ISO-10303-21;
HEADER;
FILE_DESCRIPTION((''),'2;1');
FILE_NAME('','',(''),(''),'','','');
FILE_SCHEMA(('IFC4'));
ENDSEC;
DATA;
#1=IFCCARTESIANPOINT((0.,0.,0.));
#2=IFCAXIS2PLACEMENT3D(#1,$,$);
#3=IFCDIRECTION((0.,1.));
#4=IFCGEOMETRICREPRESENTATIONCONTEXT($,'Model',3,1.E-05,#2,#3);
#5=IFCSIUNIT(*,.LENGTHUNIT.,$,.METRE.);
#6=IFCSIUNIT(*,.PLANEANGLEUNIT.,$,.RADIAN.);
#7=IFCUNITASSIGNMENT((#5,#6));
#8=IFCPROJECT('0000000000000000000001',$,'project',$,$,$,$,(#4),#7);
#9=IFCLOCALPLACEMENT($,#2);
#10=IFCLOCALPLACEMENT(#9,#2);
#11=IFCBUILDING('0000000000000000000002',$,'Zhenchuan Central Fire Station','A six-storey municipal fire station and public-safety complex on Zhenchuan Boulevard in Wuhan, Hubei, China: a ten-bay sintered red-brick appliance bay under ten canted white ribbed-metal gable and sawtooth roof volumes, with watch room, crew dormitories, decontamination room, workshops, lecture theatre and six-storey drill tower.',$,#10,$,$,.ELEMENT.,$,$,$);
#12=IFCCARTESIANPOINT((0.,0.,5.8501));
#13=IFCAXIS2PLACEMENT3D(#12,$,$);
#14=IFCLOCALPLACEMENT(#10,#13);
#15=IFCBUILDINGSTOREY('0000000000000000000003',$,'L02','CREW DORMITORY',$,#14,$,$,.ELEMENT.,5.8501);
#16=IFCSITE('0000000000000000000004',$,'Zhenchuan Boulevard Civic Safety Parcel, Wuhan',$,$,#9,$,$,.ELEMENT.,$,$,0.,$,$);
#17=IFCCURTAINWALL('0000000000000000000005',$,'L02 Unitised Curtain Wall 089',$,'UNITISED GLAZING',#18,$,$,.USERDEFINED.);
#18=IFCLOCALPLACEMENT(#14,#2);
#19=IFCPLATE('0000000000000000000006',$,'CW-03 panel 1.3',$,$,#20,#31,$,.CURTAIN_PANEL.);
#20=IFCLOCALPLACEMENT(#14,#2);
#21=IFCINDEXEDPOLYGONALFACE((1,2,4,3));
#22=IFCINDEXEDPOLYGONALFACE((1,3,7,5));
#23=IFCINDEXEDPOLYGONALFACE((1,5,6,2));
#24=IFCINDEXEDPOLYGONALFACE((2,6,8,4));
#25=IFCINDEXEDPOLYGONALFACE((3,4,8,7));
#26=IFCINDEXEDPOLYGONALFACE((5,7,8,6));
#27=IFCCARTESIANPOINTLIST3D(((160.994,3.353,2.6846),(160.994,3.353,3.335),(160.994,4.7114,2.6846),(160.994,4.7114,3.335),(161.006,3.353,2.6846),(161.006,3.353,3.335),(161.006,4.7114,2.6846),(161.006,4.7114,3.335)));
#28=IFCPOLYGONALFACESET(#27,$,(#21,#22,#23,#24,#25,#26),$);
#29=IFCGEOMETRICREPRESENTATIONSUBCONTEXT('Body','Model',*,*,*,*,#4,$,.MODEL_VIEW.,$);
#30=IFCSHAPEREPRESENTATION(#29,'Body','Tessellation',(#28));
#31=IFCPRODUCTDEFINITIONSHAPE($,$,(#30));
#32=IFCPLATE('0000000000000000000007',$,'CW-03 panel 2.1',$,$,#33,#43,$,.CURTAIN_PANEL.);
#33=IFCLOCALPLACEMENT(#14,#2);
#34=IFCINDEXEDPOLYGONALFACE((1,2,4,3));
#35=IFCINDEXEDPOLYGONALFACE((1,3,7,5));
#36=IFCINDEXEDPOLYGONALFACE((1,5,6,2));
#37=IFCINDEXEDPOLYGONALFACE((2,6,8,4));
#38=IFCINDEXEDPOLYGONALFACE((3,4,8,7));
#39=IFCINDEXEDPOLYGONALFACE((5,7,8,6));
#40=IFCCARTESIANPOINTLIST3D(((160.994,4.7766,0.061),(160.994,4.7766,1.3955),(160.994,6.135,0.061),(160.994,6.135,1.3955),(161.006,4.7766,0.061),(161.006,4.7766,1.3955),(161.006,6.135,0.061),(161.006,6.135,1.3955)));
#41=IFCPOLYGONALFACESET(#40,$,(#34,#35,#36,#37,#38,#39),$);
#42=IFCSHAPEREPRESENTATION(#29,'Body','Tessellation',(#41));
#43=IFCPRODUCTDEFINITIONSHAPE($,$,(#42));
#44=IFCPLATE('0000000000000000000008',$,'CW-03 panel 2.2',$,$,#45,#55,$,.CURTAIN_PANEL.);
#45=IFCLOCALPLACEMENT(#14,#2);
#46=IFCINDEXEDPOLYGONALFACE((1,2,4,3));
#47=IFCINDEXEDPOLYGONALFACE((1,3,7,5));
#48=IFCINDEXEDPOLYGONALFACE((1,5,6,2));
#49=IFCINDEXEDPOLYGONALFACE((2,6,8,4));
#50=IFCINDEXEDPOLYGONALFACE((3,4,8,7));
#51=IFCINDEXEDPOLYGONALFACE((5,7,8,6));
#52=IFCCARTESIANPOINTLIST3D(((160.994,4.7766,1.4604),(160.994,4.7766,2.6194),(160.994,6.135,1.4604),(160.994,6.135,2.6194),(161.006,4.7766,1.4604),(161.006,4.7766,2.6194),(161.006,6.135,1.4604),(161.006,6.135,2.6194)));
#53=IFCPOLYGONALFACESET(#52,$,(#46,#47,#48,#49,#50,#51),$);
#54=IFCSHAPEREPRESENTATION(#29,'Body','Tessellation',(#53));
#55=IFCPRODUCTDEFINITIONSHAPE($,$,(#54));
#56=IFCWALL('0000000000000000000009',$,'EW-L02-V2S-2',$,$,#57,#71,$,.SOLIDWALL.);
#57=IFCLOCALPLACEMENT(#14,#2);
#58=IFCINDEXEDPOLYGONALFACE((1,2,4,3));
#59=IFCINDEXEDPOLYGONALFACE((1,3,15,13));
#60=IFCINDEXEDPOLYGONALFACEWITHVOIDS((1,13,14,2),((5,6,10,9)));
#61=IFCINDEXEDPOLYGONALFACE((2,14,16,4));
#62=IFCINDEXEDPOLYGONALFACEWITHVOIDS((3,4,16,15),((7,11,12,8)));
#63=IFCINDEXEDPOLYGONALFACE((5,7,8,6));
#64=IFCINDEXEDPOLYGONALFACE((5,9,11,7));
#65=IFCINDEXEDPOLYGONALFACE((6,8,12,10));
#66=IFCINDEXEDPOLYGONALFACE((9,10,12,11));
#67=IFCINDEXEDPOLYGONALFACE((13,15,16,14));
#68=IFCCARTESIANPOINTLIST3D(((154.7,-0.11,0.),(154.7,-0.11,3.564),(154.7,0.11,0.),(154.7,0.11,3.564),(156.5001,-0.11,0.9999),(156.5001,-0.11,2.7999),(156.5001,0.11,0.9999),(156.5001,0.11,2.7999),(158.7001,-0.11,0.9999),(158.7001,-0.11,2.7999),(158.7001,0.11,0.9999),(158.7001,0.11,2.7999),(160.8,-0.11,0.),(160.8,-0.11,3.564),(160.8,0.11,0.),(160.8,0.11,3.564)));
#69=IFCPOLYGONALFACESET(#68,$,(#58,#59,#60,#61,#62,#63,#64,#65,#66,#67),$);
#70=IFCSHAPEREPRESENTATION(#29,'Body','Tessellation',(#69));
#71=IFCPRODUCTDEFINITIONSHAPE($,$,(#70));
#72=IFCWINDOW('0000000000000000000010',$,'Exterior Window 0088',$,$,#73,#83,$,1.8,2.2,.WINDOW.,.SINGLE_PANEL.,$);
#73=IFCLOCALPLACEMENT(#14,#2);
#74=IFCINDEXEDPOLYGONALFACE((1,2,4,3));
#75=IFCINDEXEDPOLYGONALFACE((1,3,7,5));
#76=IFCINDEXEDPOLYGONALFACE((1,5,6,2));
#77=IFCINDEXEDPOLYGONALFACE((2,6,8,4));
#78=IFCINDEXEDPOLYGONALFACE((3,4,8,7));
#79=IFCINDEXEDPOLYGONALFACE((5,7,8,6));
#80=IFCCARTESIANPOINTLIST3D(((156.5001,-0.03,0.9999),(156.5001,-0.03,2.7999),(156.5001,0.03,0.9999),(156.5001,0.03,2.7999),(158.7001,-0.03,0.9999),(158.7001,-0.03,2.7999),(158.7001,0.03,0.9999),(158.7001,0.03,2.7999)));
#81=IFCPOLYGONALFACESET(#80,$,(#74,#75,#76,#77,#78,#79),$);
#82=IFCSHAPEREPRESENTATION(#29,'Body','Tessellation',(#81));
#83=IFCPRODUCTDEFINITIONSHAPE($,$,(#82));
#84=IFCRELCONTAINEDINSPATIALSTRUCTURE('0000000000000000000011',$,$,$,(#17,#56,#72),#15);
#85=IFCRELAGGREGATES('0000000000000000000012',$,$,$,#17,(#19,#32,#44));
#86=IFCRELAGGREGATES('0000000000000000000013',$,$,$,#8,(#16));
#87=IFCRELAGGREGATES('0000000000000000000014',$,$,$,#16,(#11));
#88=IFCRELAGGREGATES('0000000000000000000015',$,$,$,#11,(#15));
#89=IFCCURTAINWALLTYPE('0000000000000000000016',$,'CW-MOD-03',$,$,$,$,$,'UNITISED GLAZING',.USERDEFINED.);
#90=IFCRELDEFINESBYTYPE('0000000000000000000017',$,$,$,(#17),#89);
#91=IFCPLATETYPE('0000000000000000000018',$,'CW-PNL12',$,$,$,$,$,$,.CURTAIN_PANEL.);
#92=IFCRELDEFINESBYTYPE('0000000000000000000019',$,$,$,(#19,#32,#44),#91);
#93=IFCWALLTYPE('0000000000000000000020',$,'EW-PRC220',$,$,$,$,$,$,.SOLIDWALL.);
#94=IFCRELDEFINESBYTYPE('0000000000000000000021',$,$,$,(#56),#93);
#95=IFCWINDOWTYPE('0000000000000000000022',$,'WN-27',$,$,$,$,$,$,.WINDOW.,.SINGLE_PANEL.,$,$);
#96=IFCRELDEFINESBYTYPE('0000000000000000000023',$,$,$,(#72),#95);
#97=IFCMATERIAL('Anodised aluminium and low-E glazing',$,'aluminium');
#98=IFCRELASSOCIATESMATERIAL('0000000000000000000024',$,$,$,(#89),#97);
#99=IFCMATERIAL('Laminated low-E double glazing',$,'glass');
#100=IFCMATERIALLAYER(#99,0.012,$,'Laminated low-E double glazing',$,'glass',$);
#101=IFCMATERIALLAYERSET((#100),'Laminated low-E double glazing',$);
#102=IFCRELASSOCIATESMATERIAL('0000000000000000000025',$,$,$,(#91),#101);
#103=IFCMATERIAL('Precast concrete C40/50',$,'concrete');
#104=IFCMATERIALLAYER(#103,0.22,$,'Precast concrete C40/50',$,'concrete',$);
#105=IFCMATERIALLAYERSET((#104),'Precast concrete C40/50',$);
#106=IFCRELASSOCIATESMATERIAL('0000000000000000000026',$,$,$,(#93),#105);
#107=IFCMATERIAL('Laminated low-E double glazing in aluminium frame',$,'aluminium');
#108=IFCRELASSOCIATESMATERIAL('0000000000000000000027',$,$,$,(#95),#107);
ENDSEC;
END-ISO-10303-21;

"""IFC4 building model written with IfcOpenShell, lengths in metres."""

from ifc_helpers import new_model, si_unit, direction, frame, frame_2d, origin, origin_2d, place, context, subcontext, project, spatial, rectangle, extrude, material, layer, layer_set, type_object, element, fill, aggregate, save


model = new_model("IFC4")

# Units and contexts
model_context = context("Model", 3, precision=1e-05, world=origin(), true_north=direction((0.0, 1.0)))
body_context = subcontext(model_context, "Body", "Model", "MODEL_VIEW")
ifc_project = project(units=[si_unit("LENGTHUNIT", "METRE"), si_unit("PLANEANGLEUNIT", "RADIAN")], contexts=[model_context])

# Site, building, storey
site_placement = place(None, origin())
site = spatial("IfcSite", under=ifc_project, at=site_placement, Name="Zhenchuan Boulevard Civic Safety Parcel, Wuhan", CompositionType="ELEMENT", RefElevation=0.0)
building_placement = place(site_placement, origin())
building = spatial("IfcBuilding", under=site, at=building_placement, Name="Zhenchuan Central Fire Station", Description="A six-storey municipal fire station and public-safety complex on Zhenchuan Boulevard in Wuhan, Hubei, China: a ten-bay sintered red-brick appliance bay under ten canted white ribbed-metal gable and sawtooth roof volumes, with watch room, crew dormitories, decontamination room, workshops, lecture theatre and six-storey drill tower.", CompositionType="ELEMENT")
storey_placement = place(building_placement, frame((0.0, 0.0, 5.8501)))
storey = spatial("IfcBuildingStorey", under=building, at=storey_placement, Name="L02", Description="CREW DORMITORY", CompositionType="ELEMENT", Elevation=5.8501)

# Curtain wall
ifc_material_1 = material(Name="Anodised aluminium and low-E glazing", Category="aluminium")
curtain_wall_type_1 = type_object("IfcCurtainWallType", Name="CW-MOD-03", ElementType="UNITISED GLAZING", PredefinedType="USERDEFINED", material=ifc_material_1)
curtain_wall_1_placement = place(storey_placement, origin())
curtain_wall_1 = element("IfcCurtainWall", 1, at=curtain_wall_1_placement, inside=storey, type_object=curtain_wall_type_1, Name="L02 Unitised Curtain Wall 089", ObjectType="UNITISED GLAZING", PredefinedType="USERDEFINED")

# Plates
ifc_material_2 = material(Name="Laminated low-E double glazing", Category="glass")
ifc_layer_1 = layer(ifc_material_2, 0.012, Name="Laminated low-E double glazing", Category="glass")
ifc_layer_set_1 = layer_set([ifc_layer_1], Name="Laminated low-E double glazing")
plate_type = type_object("IfcPlateType", Name="CW-PNL12", PredefinedType="CURTAIN_PANEL", material=ifc_layer_set_1)
plate_1_placement = place(storey_placement, frame((161.0, 4.0322, 2.6846), z_axis=(0.0, 0.0, 1.0), x_axis=(0.0, 1.0, 0.0)))
plate_1 = element("IfcPlate", 2, at=plate_1_placement, type_object=plate_type, Name="CW-03 panel 1.3", PredefinedType="CURTAIN_PANEL", context=body_context, shape_type="SweptSolid", body=[
    extrude(rectangle(XDim=1.3584, YDim=0.012, at=origin_2d()), origin(), (0.0, 0.0, 1.0), 0.6504),
])
plate_2_placement = place(storey_placement, frame((161.0, 5.4558, 0.061), z_axis=(0.0, 0.0, 1.0), x_axis=(0.0, 1.0, 0.0)))
plate_2 = element("IfcPlate", 3, at=plate_2_placement, type_object=plate_type, Name="CW-03 panel 2.1", PredefinedType="CURTAIN_PANEL", context=body_context, shape_type="SweptSolid", body=[
    extrude(rectangle(XDim=1.3584, YDim=0.012, at=origin_2d()), origin(), (0.0, 0.0, 1.0), 1.3345),
])
plate_3_placement = place(storey_placement, frame((161.0, 5.4558, 1.4604), z_axis=(0.0, 0.0, 1.0), x_axis=(0.0, 1.0, 0.0)))
plate_3 = element("IfcPlate", 4, at=plate_3_placement, type_object=plate_type, Name="CW-03 panel 2.2", PredefinedType="CURTAIN_PANEL", context=body_context, shape_type="SweptSolid", body=[
    extrude(rectangle(XDim=1.3584, YDim=0.012, at=origin_2d()), origin(), (0.0, 0.0, 1.0), 1.1589),
])
aggregate(curtain_wall_1, [plate_1, plate_2, plate_3])

# Wall, opening, window
ifc_material_3 = material(Name="Precast concrete C40/50", Category="concrete")
ifc_layer_2 = layer(ifc_material_3, 0.22, Name="Precast concrete C40/50", Category="concrete")
ifc_layer_set_2 = layer_set([ifc_layer_2], Name="Precast concrete C40/50")
wall_type = type_object("IfcWallType", Name="EW-PRC220", PredefinedType="SOLIDWALL", material=ifc_layer_set_2)
wall_placement = place(storey_placement, frame((154.7, 0.0, 0.0), z_axis=(0.0, 0.0, 1.0), x_axis=(1.0, 0.0, 0.0)))
wall = element("IfcWall", 5, at=wall_placement, inside=storey, type_object=wall_type, Name="EW-L02-V2S-2", PredefinedType="SOLIDWALL", context=body_context, shape_type="SweptSolid", body=[
    extrude(rectangle(XDim=6.1001, YDim=0.22, at=frame_2d((3.05, 0.0))), origin(), (0.0, 0.0, 1.0), 3.564),
])
opening_placement = place(wall_placement, frame((1.8, 0.0, 1.0)))
opening = element("IfcOpeningElement", 6, at=opening_placement, cuts=wall, PredefinedType="OPENING", context=body_context, shape_type="SweptSolid", body=[
    extrude(rectangle(XDim=2.2, YDim=1.8, at=frame_2d((1.1001, 0.8999))), frame((0.0, 0.1199, 0.0), z_axis=(0.0, -1.0, 0.0), x_axis=(1.0, 0.0, 0.0)), (0.0, 0.0, 1.0), 0.24),
])
ifc_material_4 = material(Name="Laminated low-E double glazing in aluminium frame", Category="aluminium")
window_type = type_object("IfcWindowType", Name="WN-27", PartitioningType="SINGLE_PANEL", PredefinedType="WINDOW", material=ifc_material_4)
window_placement = place(opening_placement, origin())
window = element("IfcWindow", 7, at=window_placement, inside=storey, type_object=window_type, Name="Exterior Window 0088", OverallHeight=1.8, OverallWidth=2.2, PartitioningType="SINGLE_PANEL", PredefinedType="WINDOW", context=body_context, shape_type="SweptSolid", body=[
    extrude(rectangle(XDim=2.2, YDim=1.8, at=frame_2d((1.1001, 0.8999))), frame((0.0, 0.03, 0.0), z_axis=(0.0, -1.0, 0.0), x_axis=(1.0, 0.0, 0.0)), (0.0, 0.0, 1.0), 0.0601),
])
fill(opening, window)

save(model, "model.ifc")
